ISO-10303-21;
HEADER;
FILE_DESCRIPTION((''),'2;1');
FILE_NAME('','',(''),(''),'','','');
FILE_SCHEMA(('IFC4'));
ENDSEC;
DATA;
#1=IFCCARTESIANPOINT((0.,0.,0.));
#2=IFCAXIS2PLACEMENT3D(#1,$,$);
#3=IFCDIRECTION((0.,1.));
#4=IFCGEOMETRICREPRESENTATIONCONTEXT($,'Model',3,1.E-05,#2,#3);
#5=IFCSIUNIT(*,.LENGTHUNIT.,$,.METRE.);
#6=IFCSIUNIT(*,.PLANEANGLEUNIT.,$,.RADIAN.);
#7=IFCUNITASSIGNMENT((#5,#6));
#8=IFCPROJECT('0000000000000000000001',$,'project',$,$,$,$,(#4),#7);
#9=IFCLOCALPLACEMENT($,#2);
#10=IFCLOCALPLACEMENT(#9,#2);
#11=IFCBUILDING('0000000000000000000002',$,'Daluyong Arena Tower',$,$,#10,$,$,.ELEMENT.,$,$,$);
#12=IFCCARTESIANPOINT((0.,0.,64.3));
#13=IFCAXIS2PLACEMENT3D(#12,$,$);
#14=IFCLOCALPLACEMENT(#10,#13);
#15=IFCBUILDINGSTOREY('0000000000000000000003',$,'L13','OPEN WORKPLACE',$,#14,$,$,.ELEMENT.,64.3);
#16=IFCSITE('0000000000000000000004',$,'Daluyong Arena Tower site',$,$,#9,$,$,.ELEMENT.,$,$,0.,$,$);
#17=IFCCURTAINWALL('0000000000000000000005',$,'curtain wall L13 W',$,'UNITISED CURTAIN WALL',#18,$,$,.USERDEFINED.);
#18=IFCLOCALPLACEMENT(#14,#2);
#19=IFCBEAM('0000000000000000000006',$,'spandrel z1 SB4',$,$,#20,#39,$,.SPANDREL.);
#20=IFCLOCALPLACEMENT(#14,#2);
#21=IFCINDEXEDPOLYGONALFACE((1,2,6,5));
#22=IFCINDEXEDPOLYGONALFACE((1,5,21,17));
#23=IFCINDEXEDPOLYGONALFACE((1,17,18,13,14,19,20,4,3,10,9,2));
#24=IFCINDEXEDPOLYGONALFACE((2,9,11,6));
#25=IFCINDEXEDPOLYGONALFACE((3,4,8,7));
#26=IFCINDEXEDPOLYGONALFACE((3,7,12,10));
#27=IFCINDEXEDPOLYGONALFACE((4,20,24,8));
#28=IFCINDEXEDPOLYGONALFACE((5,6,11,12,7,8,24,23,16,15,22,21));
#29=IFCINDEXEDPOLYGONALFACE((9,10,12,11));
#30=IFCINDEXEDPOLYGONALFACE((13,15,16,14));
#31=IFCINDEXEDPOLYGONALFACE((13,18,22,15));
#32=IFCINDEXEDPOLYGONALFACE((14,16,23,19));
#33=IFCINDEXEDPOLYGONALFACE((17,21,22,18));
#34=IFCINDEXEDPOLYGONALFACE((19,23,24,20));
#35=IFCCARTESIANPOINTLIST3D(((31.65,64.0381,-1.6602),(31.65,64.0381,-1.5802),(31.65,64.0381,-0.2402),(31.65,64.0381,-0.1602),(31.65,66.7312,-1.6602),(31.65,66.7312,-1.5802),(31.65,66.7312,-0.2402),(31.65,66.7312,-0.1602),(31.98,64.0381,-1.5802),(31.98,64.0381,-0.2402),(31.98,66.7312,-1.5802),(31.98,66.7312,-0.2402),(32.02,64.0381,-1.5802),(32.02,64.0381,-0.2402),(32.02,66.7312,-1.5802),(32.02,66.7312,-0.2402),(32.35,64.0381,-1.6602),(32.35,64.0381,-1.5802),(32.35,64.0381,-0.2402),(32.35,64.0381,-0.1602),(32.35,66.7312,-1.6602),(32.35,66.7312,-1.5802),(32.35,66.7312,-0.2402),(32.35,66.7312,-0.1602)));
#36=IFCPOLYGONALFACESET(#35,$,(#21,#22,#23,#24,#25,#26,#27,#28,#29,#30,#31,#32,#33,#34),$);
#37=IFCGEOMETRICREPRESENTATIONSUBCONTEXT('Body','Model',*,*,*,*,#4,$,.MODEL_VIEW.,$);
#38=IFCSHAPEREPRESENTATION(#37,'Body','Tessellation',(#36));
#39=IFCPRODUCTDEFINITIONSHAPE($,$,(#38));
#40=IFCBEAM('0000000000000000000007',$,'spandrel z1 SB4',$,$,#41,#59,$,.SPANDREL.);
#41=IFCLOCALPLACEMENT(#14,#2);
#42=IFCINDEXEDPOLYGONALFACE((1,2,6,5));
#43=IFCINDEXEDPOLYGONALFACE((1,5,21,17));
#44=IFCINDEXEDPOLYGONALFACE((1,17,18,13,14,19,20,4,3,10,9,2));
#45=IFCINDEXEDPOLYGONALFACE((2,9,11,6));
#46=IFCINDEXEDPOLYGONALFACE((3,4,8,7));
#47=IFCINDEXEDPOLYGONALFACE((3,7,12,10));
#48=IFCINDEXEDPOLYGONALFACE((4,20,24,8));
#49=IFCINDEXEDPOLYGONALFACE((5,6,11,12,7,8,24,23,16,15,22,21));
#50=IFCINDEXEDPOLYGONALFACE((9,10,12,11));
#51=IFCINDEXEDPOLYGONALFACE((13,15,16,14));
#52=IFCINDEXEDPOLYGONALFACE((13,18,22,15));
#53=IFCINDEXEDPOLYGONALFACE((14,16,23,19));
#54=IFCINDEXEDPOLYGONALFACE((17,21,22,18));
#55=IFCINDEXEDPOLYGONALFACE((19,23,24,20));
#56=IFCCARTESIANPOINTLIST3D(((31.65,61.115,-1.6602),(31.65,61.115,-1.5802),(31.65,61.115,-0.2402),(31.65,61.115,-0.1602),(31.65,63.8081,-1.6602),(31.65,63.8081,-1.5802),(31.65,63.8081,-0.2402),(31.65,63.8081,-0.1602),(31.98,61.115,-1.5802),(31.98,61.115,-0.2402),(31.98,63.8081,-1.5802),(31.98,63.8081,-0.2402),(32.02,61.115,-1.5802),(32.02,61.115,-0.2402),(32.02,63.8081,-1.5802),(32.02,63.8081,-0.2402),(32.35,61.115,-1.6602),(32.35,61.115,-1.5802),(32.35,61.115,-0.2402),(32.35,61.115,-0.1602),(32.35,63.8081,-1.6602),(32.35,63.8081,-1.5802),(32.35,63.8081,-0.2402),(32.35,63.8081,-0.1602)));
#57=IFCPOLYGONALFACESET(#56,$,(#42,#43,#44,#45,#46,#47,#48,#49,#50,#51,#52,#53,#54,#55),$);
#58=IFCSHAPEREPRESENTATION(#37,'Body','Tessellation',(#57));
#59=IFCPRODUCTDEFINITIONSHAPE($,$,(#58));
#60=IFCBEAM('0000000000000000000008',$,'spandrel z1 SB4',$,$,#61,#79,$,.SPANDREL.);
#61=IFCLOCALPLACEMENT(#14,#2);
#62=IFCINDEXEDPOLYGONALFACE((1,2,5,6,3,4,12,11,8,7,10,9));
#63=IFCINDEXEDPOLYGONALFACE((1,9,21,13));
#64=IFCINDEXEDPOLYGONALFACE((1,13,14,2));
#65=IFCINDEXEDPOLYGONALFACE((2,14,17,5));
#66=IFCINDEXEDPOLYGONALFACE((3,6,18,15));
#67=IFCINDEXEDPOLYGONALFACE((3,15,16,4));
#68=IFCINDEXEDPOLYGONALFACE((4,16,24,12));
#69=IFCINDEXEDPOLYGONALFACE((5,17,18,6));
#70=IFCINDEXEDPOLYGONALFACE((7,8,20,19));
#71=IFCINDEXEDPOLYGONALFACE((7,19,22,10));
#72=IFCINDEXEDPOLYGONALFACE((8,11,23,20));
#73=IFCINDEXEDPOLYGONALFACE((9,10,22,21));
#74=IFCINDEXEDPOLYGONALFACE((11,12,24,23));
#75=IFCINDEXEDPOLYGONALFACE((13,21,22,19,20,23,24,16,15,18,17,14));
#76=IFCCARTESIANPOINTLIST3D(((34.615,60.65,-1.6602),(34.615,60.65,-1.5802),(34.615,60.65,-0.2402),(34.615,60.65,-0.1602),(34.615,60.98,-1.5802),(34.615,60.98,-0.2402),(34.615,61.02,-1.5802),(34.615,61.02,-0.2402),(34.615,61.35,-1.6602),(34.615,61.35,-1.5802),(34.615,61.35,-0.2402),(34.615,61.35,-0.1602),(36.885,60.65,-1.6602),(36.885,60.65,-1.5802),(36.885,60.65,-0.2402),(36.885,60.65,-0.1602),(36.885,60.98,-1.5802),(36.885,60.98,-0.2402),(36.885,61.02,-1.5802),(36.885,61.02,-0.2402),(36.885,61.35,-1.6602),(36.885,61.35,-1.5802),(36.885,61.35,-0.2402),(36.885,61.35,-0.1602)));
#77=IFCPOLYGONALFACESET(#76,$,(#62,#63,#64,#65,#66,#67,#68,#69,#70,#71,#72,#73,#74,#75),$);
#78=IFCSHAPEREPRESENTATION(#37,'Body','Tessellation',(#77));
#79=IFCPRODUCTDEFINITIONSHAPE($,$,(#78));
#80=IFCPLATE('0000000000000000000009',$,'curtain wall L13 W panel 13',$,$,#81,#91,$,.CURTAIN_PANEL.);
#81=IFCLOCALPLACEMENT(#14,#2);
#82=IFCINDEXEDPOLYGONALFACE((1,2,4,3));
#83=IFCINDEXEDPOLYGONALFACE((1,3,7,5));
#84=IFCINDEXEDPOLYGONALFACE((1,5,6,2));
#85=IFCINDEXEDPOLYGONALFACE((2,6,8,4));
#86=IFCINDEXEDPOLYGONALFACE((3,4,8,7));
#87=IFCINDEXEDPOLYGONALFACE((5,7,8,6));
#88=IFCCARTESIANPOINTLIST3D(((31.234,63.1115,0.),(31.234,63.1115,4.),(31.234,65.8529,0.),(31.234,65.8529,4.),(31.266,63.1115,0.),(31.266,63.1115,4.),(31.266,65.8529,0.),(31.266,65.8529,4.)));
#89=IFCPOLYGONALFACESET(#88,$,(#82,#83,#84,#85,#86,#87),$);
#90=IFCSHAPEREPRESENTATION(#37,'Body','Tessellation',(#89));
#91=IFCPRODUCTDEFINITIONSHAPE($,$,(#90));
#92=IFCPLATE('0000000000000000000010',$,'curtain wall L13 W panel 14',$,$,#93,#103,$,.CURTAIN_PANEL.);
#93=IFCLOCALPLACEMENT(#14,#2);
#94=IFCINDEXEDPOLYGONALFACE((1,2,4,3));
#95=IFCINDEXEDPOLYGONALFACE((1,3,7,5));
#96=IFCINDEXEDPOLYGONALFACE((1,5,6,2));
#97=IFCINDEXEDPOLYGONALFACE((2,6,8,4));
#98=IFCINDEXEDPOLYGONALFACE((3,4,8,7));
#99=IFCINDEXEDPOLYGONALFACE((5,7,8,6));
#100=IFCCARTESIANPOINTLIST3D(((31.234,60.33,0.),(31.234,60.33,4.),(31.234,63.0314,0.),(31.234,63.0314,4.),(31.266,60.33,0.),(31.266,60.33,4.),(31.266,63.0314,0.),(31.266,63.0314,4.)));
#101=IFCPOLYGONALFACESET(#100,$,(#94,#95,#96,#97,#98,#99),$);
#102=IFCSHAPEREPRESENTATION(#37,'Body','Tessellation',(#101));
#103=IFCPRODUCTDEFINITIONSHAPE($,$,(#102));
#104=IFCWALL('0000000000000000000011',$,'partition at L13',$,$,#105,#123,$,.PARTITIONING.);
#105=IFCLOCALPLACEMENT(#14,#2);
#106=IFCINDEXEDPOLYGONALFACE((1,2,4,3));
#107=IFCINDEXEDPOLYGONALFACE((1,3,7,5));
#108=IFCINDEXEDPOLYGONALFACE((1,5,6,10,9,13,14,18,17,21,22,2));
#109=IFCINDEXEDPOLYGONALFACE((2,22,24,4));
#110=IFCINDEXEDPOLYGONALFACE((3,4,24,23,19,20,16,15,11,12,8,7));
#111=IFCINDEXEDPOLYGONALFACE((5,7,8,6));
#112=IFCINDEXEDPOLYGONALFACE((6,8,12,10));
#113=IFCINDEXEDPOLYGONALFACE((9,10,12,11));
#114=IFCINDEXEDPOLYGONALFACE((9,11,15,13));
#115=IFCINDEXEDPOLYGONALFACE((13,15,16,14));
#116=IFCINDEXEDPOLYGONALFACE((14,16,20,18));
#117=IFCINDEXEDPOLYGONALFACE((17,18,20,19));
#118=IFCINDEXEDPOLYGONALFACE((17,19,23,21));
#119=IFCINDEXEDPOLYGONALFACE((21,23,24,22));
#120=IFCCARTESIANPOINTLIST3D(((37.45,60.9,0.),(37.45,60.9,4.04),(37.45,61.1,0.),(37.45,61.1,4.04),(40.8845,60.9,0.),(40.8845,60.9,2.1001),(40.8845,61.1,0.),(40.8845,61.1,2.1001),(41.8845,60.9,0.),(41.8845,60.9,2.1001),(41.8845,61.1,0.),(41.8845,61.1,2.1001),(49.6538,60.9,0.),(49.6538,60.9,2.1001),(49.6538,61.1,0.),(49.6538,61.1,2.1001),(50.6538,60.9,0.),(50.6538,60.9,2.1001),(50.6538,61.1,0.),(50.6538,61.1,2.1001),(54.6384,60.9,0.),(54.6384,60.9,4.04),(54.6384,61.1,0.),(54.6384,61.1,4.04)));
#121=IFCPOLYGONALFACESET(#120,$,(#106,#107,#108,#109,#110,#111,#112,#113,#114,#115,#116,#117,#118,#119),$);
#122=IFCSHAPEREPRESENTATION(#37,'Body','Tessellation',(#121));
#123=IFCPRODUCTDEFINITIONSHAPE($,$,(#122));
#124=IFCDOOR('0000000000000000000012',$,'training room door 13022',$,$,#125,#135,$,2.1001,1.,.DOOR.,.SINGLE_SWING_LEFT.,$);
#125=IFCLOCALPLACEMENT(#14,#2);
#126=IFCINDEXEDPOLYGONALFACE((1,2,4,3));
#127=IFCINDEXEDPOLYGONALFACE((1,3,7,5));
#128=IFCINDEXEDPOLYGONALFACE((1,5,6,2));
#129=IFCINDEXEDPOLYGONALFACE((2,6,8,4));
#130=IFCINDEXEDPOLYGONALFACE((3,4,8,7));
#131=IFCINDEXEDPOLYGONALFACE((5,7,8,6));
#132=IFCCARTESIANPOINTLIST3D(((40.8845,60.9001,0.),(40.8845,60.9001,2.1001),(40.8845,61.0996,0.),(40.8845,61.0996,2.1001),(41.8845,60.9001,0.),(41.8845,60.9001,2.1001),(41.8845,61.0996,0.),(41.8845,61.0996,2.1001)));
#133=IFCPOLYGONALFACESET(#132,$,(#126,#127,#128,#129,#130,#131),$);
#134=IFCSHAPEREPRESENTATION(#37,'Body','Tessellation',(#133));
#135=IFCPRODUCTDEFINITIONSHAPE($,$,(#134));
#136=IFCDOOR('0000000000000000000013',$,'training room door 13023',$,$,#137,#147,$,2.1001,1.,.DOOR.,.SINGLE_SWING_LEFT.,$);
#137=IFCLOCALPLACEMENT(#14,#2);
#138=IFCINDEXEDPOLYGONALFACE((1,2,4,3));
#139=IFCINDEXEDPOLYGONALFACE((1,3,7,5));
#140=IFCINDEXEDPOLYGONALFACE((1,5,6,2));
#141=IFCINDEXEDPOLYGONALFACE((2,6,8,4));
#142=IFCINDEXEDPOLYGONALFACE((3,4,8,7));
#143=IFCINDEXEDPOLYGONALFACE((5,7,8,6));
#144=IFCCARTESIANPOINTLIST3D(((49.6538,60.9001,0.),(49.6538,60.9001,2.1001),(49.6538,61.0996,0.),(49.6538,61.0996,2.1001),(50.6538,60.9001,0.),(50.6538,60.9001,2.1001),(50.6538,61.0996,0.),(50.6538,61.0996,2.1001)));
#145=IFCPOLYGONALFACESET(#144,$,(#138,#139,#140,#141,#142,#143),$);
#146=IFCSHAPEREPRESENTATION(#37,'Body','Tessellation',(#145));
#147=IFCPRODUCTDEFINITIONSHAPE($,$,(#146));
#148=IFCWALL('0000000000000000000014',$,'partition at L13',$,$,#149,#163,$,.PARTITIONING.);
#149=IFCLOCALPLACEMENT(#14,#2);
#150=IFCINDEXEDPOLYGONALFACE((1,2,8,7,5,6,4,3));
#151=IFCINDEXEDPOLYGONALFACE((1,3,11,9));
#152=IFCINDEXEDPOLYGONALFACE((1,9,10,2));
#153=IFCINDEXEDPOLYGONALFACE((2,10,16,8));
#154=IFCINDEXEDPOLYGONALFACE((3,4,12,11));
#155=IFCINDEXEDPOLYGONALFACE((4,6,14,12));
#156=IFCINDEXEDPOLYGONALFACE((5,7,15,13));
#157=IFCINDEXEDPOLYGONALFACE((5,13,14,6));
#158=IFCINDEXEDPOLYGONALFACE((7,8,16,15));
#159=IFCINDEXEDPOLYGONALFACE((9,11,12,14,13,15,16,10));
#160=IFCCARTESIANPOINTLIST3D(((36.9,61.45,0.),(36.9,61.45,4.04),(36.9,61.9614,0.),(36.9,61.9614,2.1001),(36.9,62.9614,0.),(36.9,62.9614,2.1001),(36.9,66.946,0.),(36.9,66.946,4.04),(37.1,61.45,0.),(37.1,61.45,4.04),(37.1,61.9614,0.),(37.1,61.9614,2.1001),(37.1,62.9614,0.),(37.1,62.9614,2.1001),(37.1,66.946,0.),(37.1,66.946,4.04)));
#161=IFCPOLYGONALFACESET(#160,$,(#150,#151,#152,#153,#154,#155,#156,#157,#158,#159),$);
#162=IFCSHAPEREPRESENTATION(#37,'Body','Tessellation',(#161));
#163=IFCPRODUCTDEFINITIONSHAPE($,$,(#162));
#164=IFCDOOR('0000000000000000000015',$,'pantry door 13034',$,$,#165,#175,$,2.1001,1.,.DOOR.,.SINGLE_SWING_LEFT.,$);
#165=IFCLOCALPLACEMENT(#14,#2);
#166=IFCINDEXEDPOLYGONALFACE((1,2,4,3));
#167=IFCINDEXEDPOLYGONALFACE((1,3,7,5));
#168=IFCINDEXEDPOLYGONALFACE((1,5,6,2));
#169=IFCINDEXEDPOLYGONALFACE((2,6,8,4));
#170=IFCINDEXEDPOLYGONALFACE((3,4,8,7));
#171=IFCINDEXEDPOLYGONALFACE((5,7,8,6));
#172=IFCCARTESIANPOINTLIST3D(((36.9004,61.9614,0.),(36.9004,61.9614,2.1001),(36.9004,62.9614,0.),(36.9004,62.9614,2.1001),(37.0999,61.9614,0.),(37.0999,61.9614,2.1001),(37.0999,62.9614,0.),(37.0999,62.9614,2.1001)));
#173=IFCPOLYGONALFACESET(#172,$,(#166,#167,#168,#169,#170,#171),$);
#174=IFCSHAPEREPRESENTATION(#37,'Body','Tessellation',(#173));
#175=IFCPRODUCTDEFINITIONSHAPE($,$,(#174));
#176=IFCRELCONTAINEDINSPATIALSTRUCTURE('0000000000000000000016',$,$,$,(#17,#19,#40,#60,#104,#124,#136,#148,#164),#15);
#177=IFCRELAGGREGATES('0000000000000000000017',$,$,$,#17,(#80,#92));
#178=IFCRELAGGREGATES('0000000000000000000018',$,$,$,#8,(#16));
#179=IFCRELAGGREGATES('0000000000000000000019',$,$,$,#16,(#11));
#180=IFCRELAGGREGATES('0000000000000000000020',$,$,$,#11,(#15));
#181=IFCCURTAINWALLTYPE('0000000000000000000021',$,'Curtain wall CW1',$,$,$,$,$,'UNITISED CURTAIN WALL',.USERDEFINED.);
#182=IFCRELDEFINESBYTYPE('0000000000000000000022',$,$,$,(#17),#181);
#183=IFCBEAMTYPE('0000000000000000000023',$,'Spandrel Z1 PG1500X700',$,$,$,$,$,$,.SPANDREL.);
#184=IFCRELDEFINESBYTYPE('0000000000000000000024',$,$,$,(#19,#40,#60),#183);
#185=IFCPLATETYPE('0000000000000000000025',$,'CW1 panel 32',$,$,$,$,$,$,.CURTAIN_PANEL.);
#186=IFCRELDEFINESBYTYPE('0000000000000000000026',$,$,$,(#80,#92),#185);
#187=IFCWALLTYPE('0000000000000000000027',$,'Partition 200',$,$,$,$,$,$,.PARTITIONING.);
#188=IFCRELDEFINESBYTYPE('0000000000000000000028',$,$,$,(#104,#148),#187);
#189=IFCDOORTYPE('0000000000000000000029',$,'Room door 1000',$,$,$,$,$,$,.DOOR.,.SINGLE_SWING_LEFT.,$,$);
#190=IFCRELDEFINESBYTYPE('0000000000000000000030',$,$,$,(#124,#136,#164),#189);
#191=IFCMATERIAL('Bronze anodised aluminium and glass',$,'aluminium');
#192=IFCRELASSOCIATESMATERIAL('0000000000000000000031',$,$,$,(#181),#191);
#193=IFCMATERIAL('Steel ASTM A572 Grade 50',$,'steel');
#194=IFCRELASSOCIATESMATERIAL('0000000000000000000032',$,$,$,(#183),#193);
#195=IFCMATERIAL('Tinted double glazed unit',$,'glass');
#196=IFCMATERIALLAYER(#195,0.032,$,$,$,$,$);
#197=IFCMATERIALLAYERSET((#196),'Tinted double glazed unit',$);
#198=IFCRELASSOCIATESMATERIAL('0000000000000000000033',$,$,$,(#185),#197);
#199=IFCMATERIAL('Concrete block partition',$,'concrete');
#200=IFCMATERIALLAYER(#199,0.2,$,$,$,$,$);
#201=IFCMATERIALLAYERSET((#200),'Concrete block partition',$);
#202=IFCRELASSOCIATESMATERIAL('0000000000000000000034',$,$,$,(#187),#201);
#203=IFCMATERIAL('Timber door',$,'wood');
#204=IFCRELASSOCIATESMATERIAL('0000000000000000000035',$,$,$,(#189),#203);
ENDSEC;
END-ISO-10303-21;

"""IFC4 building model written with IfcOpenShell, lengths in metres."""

from ifc_helpers import new_model, si_unit, direction, frame, frame_2d, origin, origin_2d, place, context, subcontext, project, spatial, rectangle, i_section, extrude, material, layer, layer_set, material_profile, profile_set, type_object, element, fill, aggregate, save


model = new_model("IFC4")

# Units and contexts
model_context = context("Model", 3, precision=1e-05, world=origin(), true_north=direction((0.0, 1.0)))
body_context = subcontext(model_context, "Body", "Model", "MODEL_VIEW")
ifc_project = project(units=[si_unit("LENGTHUNIT", "METRE"), si_unit("PLANEANGLEUNIT", "RADIAN")], contexts=[model_context])

# Site, building, storey
site_placement = place(None, origin())
site = spatial("IfcSite", under=ifc_project, at=site_placement, Name="Daluyong Arena Tower site", CompositionType="ELEMENT", RefElevation=0.0)
building_placement = place(site_placement, origin())
building = spatial("IfcBuilding", under=site, at=building_placement, Name="Daluyong Arena Tower", CompositionType="ELEMENT")
storey_placement = place(building_placement, frame((0.0, 0.0, 64.3)))
storey = spatial("IfcBuildingStorey", under=building, at=storey_placement, Name="L13", Description="OPEN WORKPLACE", CompositionType="ELEMENT", Elevation=64.3)

# Curtain wall
ifc_material_1 = material(Name="Bronze anodised aluminium and glass", Category="aluminium")
curtain_wall_type = type_object("IfcCurtainWallType", Name="Curtain wall CW1", ElementType="UNITISED CURTAIN WALL", PredefinedType="USERDEFINED", material=ifc_material_1)
curtain_wall_placement = place(storey_placement, origin())
curtain_wall = element("IfcCurtainWall", 1, at=curtain_wall_placement, inside=storey, type_object=curtain_wall_type, Name="curtain wall L13 W", ObjectType="UNITISED CURTAIN WALL", PredefinedType="USERDEFINED")

# Beams
ifc_material_2 = material(Name="Steel ASTM A572 Grade 50", Category="steel")
ifc_material_profile_1 = material_profile(ifc_material_2, i_section(OverallWidth=0.7, OverallDepth=1.5, WebThickness=0.04, FlangeThickness=0.08, at=origin_2d()))
ifc_profile_set_1 = profile_set([ifc_material_profile_1], Name="Steel ASTM A572 Grade 50")
beam_type_1 = type_object("IfcBeamType", Name="Spandrel Z1 PG1500X700", PredefinedType="SPANDREL", material=ifc_profile_set_1)
for number, where, z_axis, x_axis, name in (
    (2, (32.0, 66.7312, -0.9102), (0.0, -1.0, 0.0), (1.0, 0.0, 0.0), "spandrel z1 SB4"),
    (3, (32.0, 63.8081, -0.9102), (0.0, -1.0, 0.0), (1.0, 0.0, 0.0), "spandrel z1 SB4"),
):
    element("IfcBeam", number, at=place(storey_placement, frame(where, z_axis=z_axis, x_axis=x_axis)), inside=storey, type_object=beam_type_1, Name=name, PredefinedType="SPANDREL", context=body_context, shape_type="SweptSolid", body=[
        extrude(i_section(OverallWidth=0.7, OverallDepth=1.5, WebThickness=0.04, FlangeThickness=0.08, at=origin_2d()), origin(), (0.0, 0.0, 1.0), 2.6931),
    ])
beam_1_placement = place(storey_placement, frame((34.615, 61.0, -0.9102), z_axis=(1.0, 0.0, 0.0), x_axis=(0.0, 1.0, 0.0)))
element("IfcBeam", 4, at=beam_1_placement, inside=storey, type_object=beam_type_1, Name="spandrel z1 SB4", PredefinedType="SPANDREL", context=body_context, shape_type="SweptSolid", body=[
    extrude(i_section(OverallWidth=0.7, OverallDepth=1.5, WebThickness=0.04, FlangeThickness=0.08, at=origin_2d()), origin(), (0.0, 0.0, 1.0), 2.27),
])

# Plates
ifc_material_3 = material(Name="Tinted double glazed unit", Category="glass")
ifc_layer_1 = layer(ifc_material_3, 0.032)
ifc_layer_set_1 = layer_set([ifc_layer_1], Name="Tinted double glazed unit")
plate_type = type_object("IfcPlateType", Name="CW1 panel 32", PredefinedType="CURTAIN_PANEL", material=ifc_layer_set_1)
plate_1_placement = place(storey_placement, frame((31.25, 64.4822, 0.0), z_axis=(0.0, 0.0, 1.0), x_axis=(0.0, -1.0, 0.0)))
plate_1 = element("IfcPlate", 5, at=plate_1_placement, type_object=plate_type, Name="curtain wall L13 W panel 13", PredefinedType="CURTAIN_PANEL", context=body_context, shape_type="SweptSolid", body=[
    extrude(rectangle(XDim=2.7415, YDim=0.032, at=origin_2d()), origin(), (0.0, 0.0, 1.0), 4.0),
])
plate_2_placement = place(storey_placement, frame((31.25, 61.6807, 0.0), z_axis=(0.0, 0.0, 1.0), x_axis=(0.0, -1.0, 0.0)))
plate_2 = element("IfcPlate", 6, at=plate_2_placement, type_object=plate_type, Name="curtain wall L13 W panel 14", PredefinedType="CURTAIN_PANEL", context=body_context, shape_type="SweptSolid", body=[
    extrude(rectangle(XDim=2.7014, YDim=0.032, at=origin_2d()), origin(), (0.0, 0.0, 1.0), 4.0),
])
aggregate(curtain_wall, [plate_1, plate_2])

# Wall, openings, doors
ifc_material_4 = material(Name="Concrete block partition", Category="concrete")
ifc_layer_2 = layer(ifc_material_4, 0.2)
ifc_layer_set_2 = layer_set([ifc_layer_2], Name="Concrete block partition")
wall_type = type_object("IfcWallType", Name="Partition 200", PredefinedType="PARTITIONING", material=ifc_layer_set_2)
wall_1_placement = place(storey_placement, frame((37.45, 61.0, 0.0), z_axis=(0.0, 0.0, 1.0), x_axis=(1.0, 0.0, 0.0)))
wall_1 = element("IfcWall", 7, at=wall_1_placement, inside=storey, type_object=wall_type, Name="partition at L13", PredefinedType="PARTITIONING", context=body_context, shape_type="SweptSolid", body=[
    extrude(rectangle(XDim=17.1885, YDim=0.2, at=frame_2d((8.5942, 0.0))), origin(), (0.0, 0.0, 1.0), 4.04),
])
opening_1_placement = place(wall_1_placement, frame((3.4346, 0.0, 0.0)))
opening_1 = element("IfcOpeningElement", 8, at=opening_1_placement, cuts=wall_1, PredefinedType="OPENING", context=body_context, shape_type="SweptSolid", body=[
    extrude(rectangle(XDim=1.0, YDim=2.1001, at=frame_2d((0.5, 1.05))), frame((0.0, 0.1099, 0.0), z_axis=(0.0, -1.0, 0.0), x_axis=(1.0, 0.0, 0.0)), (0.0, 0.0, 1.0), 0.22),
])
opening_2_placement = place(wall_1_placement, frame((12.2039, 0.0, 0.0)))
opening_2 = element("IfcOpeningElement", 9, at=opening_2_placement, cuts=wall_1, PredefinedType="OPENING", context=body_context, shape_type="SweptSolid", body=[
    extrude(rectangle(XDim=1.0, YDim=2.1001, at=frame_2d((0.5, 1.05))), frame((0.0, 0.1099, 0.0), z_axis=(0.0, -1.0, 0.0), x_axis=(1.0, 0.0, 0.0)), (0.0, 0.0, 1.0), 0.22),
])
ifc_material_5 = material(Name="Timber door", Category="wood")
door_type = type_object("IfcDoorType", Name="Room door 1000", OperationType="SINGLE_SWING_LEFT", PredefinedType="DOOR", material=ifc_material_5)
door_1_placement = place(opening_1_placement, origin())
door_1 = element("IfcDoor", 10, at=door_1_placement, inside=storey, type_object=door_type, Name="training room door 13022", OperationType="SINGLE_SWING_LEFT", OverallHeight=2.1001, OverallWidth=1.0, PredefinedType="DOOR", context=body_context, shape_type="SweptSolid", body=[
    extrude(rectangle(XDim=1.0, YDim=2.1001, at=frame_2d((0.5, 1.05))), frame((0.0, 0.0996, 0.0), z_axis=(0.0, -1.0, 0.0), x_axis=(1.0, 0.0, 0.0)), (0.0, 0.0, 1.0), 0.1995),
])
fill(opening_1, door_1)
door_2_placement = place(opening_2_placement, origin())
door_2 = element("IfcDoor", 11, at=door_2_placement, inside=storey, type_object=door_type, Name="training room door 13023", OperationType="SINGLE_SWING_LEFT", OverallHeight=2.1001, OverallWidth=1.0, PredefinedType="DOOR", context=body_context, shape_type="SweptSolid", body=[
    extrude(rectangle(XDim=1.0, YDim=2.1001, at=frame_2d((0.5, 1.05))), frame((0.0, 0.0996, 0.0), z_axis=(0.0, -1.0, 0.0), x_axis=(1.0, 0.0, 0.0)), (0.0, 0.0, 1.0), 0.1995),
])
fill(opening_2, door_2)

# Wall, opening, door
wall_2_placement = place(storey_placement, frame((37.0, 61.45, 0.0), z_axis=(0.0, 0.0, 1.0), x_axis=(0.0, 1.0, 0.0)))
wall_2 = element("IfcWall", 12, at=wall_2_placement, inside=storey, type_object=wall_type, Name="partition at L13", PredefinedType="PARTITIONING", context=body_context, shape_type="SweptSolid", body=[
    extrude(rectangle(XDim=5.4961, YDim=0.2, at=frame_2d((2.748, 0.0))), origin(), (0.0, 0.0, 1.0), 4.04),
])
opening_3_placement = place(wall_2_placement, frame((0.5115, 0.0, 0.0)))
opening_3 = element("IfcOpeningElement", 13, at=opening_3_placement, cuts=wall_2, PredefinedType="OPENING", context=body_context, shape_type="SweptSolid", body=[
    extrude(rectangle(XDim=1.0, YDim=2.1001, at=frame_2d((0.5, 1.05))), frame((0.0, 0.1099, 0.0), z_axis=(0.0, -1.0, 0.0), x_axis=(1.0, 0.0, 0.0)), (0.0, 0.0, 1.0), 0.22),
])
door_3_placement = place(opening_3_placement, origin())
door_3 = element("IfcDoor", 14, at=door_3_placement, inside=storey, type_object=door_type, Name="pantry door 13034", OperationType="SINGLE_SWING_LEFT", OverallHeight=2.1001, OverallWidth=1.0, PredefinedType="DOOR", context=body_context, shape_type="SweptSolid", body=[
    extrude(rectangle(XDim=1.0, YDim=2.1001, at=frame_2d((0.5, 1.05))), frame((0.0, 0.0996, 0.0), z_axis=(0.0, -1.0, 0.0), x_axis=(1.0, 0.0, 0.0)), (0.0, 0.0, 1.0), 0.1995),
])
fill(opening_3, door_3)

save(model, "model.ifc")
